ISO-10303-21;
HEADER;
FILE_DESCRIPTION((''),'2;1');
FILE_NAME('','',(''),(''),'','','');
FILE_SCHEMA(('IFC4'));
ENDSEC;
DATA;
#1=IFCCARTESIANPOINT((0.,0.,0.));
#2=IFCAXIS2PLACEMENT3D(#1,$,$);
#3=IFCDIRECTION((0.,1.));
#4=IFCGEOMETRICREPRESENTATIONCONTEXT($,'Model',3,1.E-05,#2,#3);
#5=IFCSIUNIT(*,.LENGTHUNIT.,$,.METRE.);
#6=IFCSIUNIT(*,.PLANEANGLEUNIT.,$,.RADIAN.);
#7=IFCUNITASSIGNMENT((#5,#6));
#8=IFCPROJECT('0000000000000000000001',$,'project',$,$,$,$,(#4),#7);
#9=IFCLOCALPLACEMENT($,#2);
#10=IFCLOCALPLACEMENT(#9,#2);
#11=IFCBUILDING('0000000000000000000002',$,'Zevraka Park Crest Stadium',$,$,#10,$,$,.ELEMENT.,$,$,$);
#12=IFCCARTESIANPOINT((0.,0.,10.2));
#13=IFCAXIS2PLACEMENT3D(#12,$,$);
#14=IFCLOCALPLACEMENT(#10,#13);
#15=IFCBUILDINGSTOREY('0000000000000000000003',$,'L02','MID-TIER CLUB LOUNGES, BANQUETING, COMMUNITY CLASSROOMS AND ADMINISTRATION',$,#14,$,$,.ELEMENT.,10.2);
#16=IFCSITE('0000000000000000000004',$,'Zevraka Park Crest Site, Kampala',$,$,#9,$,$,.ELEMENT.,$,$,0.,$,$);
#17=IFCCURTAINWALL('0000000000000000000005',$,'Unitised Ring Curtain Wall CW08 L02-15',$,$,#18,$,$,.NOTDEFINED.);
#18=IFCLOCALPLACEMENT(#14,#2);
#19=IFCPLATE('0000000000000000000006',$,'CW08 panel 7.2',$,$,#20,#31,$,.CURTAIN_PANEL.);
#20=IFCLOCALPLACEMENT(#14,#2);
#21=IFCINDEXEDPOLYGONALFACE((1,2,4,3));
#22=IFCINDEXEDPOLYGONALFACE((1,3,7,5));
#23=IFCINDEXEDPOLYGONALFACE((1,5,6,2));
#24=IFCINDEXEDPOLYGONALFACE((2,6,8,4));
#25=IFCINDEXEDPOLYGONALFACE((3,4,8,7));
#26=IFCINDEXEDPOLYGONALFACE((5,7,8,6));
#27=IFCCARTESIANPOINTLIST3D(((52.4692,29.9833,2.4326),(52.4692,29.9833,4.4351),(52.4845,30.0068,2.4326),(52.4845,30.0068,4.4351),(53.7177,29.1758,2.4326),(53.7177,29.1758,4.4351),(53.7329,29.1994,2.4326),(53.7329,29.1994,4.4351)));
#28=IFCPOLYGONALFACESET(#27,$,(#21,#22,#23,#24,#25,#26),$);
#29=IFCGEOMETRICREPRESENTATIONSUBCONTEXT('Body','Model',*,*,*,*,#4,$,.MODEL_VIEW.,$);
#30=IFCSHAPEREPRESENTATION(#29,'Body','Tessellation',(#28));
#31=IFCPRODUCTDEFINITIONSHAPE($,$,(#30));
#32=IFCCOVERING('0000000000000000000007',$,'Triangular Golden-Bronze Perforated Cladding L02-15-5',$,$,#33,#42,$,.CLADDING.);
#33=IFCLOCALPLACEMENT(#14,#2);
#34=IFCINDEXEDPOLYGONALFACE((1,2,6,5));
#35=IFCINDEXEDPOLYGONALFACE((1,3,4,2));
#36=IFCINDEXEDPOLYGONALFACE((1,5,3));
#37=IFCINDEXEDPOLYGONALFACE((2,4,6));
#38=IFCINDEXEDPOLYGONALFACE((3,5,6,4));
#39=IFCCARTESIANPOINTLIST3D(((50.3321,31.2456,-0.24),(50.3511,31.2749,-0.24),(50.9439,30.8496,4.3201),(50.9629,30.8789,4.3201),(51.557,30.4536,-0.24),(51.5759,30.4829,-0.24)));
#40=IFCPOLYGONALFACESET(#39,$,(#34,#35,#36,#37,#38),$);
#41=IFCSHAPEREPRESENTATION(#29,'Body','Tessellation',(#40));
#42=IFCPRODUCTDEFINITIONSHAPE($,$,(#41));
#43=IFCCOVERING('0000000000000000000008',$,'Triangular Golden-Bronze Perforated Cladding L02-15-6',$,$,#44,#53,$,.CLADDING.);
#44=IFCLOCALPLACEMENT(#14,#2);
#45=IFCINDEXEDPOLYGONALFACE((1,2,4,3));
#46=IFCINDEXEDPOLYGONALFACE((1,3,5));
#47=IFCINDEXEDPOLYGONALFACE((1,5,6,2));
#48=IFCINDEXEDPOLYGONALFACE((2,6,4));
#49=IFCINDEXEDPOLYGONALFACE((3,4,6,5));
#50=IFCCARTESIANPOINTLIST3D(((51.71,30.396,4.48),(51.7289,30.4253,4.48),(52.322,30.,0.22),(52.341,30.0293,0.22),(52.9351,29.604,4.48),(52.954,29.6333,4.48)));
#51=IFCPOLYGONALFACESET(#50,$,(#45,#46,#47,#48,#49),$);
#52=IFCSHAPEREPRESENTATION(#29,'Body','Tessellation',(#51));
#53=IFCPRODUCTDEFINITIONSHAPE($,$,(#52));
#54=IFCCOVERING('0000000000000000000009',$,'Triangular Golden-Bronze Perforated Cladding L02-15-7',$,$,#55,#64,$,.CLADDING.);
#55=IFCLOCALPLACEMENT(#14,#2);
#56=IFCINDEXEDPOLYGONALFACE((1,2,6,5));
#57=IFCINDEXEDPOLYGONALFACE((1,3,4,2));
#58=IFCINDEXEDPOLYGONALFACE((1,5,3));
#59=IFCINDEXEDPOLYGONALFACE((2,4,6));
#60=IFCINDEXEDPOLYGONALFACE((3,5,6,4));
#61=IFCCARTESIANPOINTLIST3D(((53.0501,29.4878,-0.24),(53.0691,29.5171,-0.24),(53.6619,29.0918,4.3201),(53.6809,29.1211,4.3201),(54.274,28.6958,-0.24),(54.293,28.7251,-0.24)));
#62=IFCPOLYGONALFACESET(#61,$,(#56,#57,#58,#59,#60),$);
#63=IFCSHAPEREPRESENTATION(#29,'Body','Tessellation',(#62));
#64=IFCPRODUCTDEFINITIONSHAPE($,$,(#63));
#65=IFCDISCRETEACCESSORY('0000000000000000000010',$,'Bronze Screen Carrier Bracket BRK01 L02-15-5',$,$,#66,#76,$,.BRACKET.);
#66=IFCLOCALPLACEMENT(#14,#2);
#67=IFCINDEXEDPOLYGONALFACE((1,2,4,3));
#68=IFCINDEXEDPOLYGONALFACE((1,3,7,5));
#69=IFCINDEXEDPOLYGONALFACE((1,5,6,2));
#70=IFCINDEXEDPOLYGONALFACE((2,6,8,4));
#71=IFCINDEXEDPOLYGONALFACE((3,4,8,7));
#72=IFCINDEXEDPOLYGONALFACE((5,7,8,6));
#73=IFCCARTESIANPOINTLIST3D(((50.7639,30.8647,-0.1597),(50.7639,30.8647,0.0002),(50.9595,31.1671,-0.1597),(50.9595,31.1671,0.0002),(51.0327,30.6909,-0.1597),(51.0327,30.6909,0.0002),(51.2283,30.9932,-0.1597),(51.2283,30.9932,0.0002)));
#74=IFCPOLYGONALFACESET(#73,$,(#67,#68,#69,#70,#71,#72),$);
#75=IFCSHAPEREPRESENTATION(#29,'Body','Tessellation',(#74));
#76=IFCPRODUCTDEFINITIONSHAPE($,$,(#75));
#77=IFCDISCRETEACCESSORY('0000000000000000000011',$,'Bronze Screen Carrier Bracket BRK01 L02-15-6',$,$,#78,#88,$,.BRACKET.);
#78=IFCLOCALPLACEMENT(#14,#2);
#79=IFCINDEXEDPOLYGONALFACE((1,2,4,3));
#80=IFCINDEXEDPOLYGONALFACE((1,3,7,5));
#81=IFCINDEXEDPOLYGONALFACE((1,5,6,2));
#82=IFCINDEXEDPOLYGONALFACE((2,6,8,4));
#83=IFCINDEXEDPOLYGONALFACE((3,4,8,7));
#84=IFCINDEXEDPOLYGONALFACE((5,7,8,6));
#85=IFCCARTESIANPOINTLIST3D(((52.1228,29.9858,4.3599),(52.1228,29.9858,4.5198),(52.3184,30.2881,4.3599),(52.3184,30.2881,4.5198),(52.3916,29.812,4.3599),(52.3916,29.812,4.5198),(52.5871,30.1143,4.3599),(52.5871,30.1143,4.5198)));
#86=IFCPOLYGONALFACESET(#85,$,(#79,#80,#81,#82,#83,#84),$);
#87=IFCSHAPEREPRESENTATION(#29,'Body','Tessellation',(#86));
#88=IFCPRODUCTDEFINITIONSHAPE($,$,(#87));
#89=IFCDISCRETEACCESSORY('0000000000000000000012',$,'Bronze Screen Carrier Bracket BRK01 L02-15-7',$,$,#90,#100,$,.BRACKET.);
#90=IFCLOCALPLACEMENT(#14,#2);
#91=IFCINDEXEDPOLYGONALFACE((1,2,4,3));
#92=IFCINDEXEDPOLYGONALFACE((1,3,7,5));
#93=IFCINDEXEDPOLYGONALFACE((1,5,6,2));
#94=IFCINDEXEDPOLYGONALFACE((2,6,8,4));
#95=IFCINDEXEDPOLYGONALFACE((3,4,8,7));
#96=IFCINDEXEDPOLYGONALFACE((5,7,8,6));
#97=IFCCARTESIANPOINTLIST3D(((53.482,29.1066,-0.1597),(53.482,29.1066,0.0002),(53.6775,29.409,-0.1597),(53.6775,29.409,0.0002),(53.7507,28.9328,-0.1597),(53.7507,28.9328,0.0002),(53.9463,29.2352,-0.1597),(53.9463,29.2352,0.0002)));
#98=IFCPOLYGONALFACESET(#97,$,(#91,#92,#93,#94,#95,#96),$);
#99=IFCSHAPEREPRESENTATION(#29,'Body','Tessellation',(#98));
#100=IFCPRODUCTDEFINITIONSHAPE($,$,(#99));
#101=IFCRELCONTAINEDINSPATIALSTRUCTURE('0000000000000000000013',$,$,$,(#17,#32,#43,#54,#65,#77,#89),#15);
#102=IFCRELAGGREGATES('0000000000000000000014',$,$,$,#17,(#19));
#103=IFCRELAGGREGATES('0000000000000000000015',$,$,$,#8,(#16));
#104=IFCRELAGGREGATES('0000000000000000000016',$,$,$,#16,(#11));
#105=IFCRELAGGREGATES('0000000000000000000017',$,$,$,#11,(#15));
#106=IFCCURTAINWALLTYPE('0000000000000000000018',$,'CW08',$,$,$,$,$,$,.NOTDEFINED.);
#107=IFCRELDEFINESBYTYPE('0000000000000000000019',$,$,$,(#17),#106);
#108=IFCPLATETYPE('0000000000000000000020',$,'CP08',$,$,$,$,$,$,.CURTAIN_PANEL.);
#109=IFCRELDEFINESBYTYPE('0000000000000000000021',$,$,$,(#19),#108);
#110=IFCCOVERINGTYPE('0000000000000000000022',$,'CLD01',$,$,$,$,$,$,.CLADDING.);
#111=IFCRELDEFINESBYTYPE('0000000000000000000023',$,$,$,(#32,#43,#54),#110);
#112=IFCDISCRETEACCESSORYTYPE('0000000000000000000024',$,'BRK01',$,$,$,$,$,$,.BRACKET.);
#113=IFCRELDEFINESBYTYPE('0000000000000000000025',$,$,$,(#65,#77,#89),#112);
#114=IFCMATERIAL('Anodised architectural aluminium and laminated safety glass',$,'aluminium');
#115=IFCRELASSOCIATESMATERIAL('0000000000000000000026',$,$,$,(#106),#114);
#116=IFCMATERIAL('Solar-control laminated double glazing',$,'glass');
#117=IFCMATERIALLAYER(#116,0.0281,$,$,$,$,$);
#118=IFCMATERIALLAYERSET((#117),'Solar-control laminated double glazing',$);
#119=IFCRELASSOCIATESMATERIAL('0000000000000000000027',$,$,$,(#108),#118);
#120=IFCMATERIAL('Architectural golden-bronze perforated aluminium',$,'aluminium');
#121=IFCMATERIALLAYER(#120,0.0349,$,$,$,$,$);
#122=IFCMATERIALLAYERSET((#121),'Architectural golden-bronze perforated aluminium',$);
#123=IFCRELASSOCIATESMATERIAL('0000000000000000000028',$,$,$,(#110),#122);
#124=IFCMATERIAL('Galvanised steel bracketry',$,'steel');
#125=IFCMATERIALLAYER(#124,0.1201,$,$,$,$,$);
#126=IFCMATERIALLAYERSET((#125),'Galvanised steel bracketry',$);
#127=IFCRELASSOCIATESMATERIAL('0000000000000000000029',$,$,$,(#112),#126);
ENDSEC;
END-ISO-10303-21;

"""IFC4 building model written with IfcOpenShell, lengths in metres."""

from ifc_helpers import new_model, si_unit, direction, frame, origin, origin_2d, place, context, subcontext, project, spatial, polyline, rectangle, outline, extrude, material, layer, layer_set, type_object, element, aggregate, save


model = new_model("IFC4")

# Units and contexts
model_context = context("Model", 3, precision=1e-05, world=origin(), true_north=direction((0.0, 1.0)))
body_context = subcontext(model_context, "Body", "Model", "MODEL_VIEW")
ifc_project = project(units=[si_unit("LENGTHUNIT", "METRE"), si_unit("PLANEANGLEUNIT", "RADIAN")], contexts=[model_context])

# Site, building, storey
site_placement = place(None, origin())
site = spatial("IfcSite", under=ifc_project, at=site_placement, Name="Zevraka Park Crest Site, Kampala", CompositionType="ELEMENT", RefElevation=0.0)
building_placement = place(site_placement, origin())
building = spatial("IfcBuilding", under=site, at=building_placement, Name="Zevraka Park Crest Stadium", CompositionType="ELEMENT")
storey_placement = place(building_placement, frame((0.0, 0.0, 10.2)))
storey = spatial("IfcBuildingStorey", under=building, at=storey_placement, Name="L02", Description="MID-TIER CLUB LOUNGES, BANQUETING, COMMUNITY CLASSROOMS AND ADMINISTRATION", CompositionType="ELEMENT", Elevation=10.2)

# Curtain wall, plate
ifc_material_1 = material(Name="Anodised architectural aluminium and laminated safety glass", Category="aluminium")
curtain_wall_type = type_object("IfcCurtainWallType", Name="CW08", PredefinedType="NOTDEFINED", material=ifc_material_1)
curtain_wall_placement = place(storey_placement, origin())
curtain_wall = element("IfcCurtainWall", 1, at=curtain_wall_placement, inside=storey, type_object=curtain_wall_type, Name="Unitised Ring Curtain Wall CW08 L02-15", PredefinedType="NOTDEFINED")
ifc_material_2 = material(Name="Solar-control laminated double glazing", Category="glass")
ifc_layer_1 = layer(ifc_material_2, 0.0281)
ifc_layer_set_1 = layer_set([ifc_layer_1], Name="Solar-control laminated double glazing")
plate_type = type_object("IfcPlateType", Name="CP08", PredefinedType="CURTAIN_PANEL", material=ifc_layer_set_1)
plate_1_placement = place(storey_placement, frame((53.1011, 29.5913, 2.4326), z_axis=(0.0, 0.0, 1.0), x_axis=(0.83967, -0.543096, 0.0)))
plate_1 = element("IfcPlate", 2, at=plate_1_placement, type_object=plate_type, Name="CW08 panel 7.2", PredefinedType="CURTAIN_PANEL", context=body_context, shape_type="SweptSolid", body=[
    extrude(rectangle(XDim=1.4868, YDim=0.0281, at=origin_2d()), origin(), (0.0, 0.0, 1.0), 2.0024),
])
aggregate(curtain_wall, [plate_1])

# Coverings
ifc_material_3 = material(Name="Architectural golden-bronze perforated aluminium", Category="aluminium")
ifc_layer_2 = layer(ifc_material_3, 0.0349)
ifc_layer_set_2 = layer_set([ifc_layer_2], Name="Architectural golden-bronze perforated aluminium")
covering_type = type_object("IfcCoveringType", Name="CLD01", PredefinedType="CLADDING", material=ifc_layer_set_2)
covering_1_placement = place(storey_placement, frame((50.3511, 31.2749, -0.24), z_axis=(0.542981, 0.839745, 0.000073), x_axis=(0.839745, -0.542981, 0.0)))
element("IfcCovering", 3, at=covering_1_placement, inside=storey, type_object=covering_type, Name="Triangular Golden-Bronze Perforated Cladding L02-15-5", PredefinedType="CLADDING", context=body_context, shape_type="SweptSolid", body=[
    extrude(outline(polyline([(0.0, 0.0), (1.4586, 0.0), (0.7288, -4.5601), (0.0, 0.0)])), origin(), (0.0, 0.0, -1.0), 0.0349),
])
covering_2_placement = place(storey_placement, frame((52.9351, 29.604, 4.48), z_axis=(-0.542904, -0.839795, 0.000062), x_axis=(-0.839795, 0.542904, 0.0)))
element("IfcCovering", 4, at=covering_2_placement, inside=storey, type_object=covering_type, Name="Triangular Golden-Bronze Perforated Cladding L02-15-6", PredefinedType="CLADDING", context=body_context, shape_type="SweptSolid", body=[
    extrude(outline(polyline([(0.0, 0.0), (1.4588, 0.0), (0.7298, 4.26), (0.0, 0.0)])), origin(), (0.0, 0.0, -1.0), 0.0349),
])
covering_3_placement = place(storey_placement, frame((53.0691, 29.5171, -0.24), z_axis=(0.543286, 0.839548, 0.000015), x_axis=(0.839548, -0.543286, 0.0)))
element("IfcCovering", 5, at=covering_3_placement, inside=storey, type_object=covering_type, Name="Triangular Golden-Bronze Perforated Cladding L02-15-7", PredefinedType="CLADDING", context=body_context, shape_type="SweptSolid", body=[
    extrude(outline(polyline([(0.0, 0.0), (1.4578, 0.0), (0.7288, -4.5601), (0.0, 0.0)])), origin(), (0.0, 0.0, -1.0), 0.0349),
])

# Discrete accessories
ifc_material_4 = material(Name="Galvanised steel bracketry", Category="steel")
ifc_layer_3 = layer(ifc_material_4, 0.1201)
ifc_layer_set_3 = layer_set([ifc_layer_3], Name="Galvanised steel bracketry")
discrete_accessory_type = type_object("IfcDiscreteAccessoryType", Name="BRK01", PredefinedType="BRACKET", material=ifc_layer_set_3)
for number, where, z_axis, x_axis, name in (
    (6, (50.9961, 30.929, -0.1597), (0.0, 0.0, 1.0), (0.839715, -0.543028, 0.0), "Bronze Screen Carrier Bracket BRK01 L02-15-5"),
    (7, (52.355, 30.05, 4.3599), (0.0, 0.0, 1.0), (0.839715, -0.543028, 0.0), "Bronze Screen Carrier Bracket BRK01 L02-15-6"),
    (8, (53.7141, 29.1709, -0.1597), (0.0, 0.0, 1.0), (0.839715, -0.543028, 0.0), "Bronze Screen Carrier Bracket BRK01 L02-15-7"),
):
    element("IfcDiscreteAccessory", number, at=place(storey_placement, frame(where, z_axis=z_axis, x_axis=x_axis)), inside=storey, type_object=discrete_accessory_type, Name=name, PredefinedType="BRACKET", context=body_context, shape_type="SweptSolid", body=[
        extrude(rectangle(XDim=0.3201, YDim=0.3601, at=origin_2d()), origin(), (0.0, 0.0, 1.0), 0.1599),
    ])

save(model, "model.ifc")
